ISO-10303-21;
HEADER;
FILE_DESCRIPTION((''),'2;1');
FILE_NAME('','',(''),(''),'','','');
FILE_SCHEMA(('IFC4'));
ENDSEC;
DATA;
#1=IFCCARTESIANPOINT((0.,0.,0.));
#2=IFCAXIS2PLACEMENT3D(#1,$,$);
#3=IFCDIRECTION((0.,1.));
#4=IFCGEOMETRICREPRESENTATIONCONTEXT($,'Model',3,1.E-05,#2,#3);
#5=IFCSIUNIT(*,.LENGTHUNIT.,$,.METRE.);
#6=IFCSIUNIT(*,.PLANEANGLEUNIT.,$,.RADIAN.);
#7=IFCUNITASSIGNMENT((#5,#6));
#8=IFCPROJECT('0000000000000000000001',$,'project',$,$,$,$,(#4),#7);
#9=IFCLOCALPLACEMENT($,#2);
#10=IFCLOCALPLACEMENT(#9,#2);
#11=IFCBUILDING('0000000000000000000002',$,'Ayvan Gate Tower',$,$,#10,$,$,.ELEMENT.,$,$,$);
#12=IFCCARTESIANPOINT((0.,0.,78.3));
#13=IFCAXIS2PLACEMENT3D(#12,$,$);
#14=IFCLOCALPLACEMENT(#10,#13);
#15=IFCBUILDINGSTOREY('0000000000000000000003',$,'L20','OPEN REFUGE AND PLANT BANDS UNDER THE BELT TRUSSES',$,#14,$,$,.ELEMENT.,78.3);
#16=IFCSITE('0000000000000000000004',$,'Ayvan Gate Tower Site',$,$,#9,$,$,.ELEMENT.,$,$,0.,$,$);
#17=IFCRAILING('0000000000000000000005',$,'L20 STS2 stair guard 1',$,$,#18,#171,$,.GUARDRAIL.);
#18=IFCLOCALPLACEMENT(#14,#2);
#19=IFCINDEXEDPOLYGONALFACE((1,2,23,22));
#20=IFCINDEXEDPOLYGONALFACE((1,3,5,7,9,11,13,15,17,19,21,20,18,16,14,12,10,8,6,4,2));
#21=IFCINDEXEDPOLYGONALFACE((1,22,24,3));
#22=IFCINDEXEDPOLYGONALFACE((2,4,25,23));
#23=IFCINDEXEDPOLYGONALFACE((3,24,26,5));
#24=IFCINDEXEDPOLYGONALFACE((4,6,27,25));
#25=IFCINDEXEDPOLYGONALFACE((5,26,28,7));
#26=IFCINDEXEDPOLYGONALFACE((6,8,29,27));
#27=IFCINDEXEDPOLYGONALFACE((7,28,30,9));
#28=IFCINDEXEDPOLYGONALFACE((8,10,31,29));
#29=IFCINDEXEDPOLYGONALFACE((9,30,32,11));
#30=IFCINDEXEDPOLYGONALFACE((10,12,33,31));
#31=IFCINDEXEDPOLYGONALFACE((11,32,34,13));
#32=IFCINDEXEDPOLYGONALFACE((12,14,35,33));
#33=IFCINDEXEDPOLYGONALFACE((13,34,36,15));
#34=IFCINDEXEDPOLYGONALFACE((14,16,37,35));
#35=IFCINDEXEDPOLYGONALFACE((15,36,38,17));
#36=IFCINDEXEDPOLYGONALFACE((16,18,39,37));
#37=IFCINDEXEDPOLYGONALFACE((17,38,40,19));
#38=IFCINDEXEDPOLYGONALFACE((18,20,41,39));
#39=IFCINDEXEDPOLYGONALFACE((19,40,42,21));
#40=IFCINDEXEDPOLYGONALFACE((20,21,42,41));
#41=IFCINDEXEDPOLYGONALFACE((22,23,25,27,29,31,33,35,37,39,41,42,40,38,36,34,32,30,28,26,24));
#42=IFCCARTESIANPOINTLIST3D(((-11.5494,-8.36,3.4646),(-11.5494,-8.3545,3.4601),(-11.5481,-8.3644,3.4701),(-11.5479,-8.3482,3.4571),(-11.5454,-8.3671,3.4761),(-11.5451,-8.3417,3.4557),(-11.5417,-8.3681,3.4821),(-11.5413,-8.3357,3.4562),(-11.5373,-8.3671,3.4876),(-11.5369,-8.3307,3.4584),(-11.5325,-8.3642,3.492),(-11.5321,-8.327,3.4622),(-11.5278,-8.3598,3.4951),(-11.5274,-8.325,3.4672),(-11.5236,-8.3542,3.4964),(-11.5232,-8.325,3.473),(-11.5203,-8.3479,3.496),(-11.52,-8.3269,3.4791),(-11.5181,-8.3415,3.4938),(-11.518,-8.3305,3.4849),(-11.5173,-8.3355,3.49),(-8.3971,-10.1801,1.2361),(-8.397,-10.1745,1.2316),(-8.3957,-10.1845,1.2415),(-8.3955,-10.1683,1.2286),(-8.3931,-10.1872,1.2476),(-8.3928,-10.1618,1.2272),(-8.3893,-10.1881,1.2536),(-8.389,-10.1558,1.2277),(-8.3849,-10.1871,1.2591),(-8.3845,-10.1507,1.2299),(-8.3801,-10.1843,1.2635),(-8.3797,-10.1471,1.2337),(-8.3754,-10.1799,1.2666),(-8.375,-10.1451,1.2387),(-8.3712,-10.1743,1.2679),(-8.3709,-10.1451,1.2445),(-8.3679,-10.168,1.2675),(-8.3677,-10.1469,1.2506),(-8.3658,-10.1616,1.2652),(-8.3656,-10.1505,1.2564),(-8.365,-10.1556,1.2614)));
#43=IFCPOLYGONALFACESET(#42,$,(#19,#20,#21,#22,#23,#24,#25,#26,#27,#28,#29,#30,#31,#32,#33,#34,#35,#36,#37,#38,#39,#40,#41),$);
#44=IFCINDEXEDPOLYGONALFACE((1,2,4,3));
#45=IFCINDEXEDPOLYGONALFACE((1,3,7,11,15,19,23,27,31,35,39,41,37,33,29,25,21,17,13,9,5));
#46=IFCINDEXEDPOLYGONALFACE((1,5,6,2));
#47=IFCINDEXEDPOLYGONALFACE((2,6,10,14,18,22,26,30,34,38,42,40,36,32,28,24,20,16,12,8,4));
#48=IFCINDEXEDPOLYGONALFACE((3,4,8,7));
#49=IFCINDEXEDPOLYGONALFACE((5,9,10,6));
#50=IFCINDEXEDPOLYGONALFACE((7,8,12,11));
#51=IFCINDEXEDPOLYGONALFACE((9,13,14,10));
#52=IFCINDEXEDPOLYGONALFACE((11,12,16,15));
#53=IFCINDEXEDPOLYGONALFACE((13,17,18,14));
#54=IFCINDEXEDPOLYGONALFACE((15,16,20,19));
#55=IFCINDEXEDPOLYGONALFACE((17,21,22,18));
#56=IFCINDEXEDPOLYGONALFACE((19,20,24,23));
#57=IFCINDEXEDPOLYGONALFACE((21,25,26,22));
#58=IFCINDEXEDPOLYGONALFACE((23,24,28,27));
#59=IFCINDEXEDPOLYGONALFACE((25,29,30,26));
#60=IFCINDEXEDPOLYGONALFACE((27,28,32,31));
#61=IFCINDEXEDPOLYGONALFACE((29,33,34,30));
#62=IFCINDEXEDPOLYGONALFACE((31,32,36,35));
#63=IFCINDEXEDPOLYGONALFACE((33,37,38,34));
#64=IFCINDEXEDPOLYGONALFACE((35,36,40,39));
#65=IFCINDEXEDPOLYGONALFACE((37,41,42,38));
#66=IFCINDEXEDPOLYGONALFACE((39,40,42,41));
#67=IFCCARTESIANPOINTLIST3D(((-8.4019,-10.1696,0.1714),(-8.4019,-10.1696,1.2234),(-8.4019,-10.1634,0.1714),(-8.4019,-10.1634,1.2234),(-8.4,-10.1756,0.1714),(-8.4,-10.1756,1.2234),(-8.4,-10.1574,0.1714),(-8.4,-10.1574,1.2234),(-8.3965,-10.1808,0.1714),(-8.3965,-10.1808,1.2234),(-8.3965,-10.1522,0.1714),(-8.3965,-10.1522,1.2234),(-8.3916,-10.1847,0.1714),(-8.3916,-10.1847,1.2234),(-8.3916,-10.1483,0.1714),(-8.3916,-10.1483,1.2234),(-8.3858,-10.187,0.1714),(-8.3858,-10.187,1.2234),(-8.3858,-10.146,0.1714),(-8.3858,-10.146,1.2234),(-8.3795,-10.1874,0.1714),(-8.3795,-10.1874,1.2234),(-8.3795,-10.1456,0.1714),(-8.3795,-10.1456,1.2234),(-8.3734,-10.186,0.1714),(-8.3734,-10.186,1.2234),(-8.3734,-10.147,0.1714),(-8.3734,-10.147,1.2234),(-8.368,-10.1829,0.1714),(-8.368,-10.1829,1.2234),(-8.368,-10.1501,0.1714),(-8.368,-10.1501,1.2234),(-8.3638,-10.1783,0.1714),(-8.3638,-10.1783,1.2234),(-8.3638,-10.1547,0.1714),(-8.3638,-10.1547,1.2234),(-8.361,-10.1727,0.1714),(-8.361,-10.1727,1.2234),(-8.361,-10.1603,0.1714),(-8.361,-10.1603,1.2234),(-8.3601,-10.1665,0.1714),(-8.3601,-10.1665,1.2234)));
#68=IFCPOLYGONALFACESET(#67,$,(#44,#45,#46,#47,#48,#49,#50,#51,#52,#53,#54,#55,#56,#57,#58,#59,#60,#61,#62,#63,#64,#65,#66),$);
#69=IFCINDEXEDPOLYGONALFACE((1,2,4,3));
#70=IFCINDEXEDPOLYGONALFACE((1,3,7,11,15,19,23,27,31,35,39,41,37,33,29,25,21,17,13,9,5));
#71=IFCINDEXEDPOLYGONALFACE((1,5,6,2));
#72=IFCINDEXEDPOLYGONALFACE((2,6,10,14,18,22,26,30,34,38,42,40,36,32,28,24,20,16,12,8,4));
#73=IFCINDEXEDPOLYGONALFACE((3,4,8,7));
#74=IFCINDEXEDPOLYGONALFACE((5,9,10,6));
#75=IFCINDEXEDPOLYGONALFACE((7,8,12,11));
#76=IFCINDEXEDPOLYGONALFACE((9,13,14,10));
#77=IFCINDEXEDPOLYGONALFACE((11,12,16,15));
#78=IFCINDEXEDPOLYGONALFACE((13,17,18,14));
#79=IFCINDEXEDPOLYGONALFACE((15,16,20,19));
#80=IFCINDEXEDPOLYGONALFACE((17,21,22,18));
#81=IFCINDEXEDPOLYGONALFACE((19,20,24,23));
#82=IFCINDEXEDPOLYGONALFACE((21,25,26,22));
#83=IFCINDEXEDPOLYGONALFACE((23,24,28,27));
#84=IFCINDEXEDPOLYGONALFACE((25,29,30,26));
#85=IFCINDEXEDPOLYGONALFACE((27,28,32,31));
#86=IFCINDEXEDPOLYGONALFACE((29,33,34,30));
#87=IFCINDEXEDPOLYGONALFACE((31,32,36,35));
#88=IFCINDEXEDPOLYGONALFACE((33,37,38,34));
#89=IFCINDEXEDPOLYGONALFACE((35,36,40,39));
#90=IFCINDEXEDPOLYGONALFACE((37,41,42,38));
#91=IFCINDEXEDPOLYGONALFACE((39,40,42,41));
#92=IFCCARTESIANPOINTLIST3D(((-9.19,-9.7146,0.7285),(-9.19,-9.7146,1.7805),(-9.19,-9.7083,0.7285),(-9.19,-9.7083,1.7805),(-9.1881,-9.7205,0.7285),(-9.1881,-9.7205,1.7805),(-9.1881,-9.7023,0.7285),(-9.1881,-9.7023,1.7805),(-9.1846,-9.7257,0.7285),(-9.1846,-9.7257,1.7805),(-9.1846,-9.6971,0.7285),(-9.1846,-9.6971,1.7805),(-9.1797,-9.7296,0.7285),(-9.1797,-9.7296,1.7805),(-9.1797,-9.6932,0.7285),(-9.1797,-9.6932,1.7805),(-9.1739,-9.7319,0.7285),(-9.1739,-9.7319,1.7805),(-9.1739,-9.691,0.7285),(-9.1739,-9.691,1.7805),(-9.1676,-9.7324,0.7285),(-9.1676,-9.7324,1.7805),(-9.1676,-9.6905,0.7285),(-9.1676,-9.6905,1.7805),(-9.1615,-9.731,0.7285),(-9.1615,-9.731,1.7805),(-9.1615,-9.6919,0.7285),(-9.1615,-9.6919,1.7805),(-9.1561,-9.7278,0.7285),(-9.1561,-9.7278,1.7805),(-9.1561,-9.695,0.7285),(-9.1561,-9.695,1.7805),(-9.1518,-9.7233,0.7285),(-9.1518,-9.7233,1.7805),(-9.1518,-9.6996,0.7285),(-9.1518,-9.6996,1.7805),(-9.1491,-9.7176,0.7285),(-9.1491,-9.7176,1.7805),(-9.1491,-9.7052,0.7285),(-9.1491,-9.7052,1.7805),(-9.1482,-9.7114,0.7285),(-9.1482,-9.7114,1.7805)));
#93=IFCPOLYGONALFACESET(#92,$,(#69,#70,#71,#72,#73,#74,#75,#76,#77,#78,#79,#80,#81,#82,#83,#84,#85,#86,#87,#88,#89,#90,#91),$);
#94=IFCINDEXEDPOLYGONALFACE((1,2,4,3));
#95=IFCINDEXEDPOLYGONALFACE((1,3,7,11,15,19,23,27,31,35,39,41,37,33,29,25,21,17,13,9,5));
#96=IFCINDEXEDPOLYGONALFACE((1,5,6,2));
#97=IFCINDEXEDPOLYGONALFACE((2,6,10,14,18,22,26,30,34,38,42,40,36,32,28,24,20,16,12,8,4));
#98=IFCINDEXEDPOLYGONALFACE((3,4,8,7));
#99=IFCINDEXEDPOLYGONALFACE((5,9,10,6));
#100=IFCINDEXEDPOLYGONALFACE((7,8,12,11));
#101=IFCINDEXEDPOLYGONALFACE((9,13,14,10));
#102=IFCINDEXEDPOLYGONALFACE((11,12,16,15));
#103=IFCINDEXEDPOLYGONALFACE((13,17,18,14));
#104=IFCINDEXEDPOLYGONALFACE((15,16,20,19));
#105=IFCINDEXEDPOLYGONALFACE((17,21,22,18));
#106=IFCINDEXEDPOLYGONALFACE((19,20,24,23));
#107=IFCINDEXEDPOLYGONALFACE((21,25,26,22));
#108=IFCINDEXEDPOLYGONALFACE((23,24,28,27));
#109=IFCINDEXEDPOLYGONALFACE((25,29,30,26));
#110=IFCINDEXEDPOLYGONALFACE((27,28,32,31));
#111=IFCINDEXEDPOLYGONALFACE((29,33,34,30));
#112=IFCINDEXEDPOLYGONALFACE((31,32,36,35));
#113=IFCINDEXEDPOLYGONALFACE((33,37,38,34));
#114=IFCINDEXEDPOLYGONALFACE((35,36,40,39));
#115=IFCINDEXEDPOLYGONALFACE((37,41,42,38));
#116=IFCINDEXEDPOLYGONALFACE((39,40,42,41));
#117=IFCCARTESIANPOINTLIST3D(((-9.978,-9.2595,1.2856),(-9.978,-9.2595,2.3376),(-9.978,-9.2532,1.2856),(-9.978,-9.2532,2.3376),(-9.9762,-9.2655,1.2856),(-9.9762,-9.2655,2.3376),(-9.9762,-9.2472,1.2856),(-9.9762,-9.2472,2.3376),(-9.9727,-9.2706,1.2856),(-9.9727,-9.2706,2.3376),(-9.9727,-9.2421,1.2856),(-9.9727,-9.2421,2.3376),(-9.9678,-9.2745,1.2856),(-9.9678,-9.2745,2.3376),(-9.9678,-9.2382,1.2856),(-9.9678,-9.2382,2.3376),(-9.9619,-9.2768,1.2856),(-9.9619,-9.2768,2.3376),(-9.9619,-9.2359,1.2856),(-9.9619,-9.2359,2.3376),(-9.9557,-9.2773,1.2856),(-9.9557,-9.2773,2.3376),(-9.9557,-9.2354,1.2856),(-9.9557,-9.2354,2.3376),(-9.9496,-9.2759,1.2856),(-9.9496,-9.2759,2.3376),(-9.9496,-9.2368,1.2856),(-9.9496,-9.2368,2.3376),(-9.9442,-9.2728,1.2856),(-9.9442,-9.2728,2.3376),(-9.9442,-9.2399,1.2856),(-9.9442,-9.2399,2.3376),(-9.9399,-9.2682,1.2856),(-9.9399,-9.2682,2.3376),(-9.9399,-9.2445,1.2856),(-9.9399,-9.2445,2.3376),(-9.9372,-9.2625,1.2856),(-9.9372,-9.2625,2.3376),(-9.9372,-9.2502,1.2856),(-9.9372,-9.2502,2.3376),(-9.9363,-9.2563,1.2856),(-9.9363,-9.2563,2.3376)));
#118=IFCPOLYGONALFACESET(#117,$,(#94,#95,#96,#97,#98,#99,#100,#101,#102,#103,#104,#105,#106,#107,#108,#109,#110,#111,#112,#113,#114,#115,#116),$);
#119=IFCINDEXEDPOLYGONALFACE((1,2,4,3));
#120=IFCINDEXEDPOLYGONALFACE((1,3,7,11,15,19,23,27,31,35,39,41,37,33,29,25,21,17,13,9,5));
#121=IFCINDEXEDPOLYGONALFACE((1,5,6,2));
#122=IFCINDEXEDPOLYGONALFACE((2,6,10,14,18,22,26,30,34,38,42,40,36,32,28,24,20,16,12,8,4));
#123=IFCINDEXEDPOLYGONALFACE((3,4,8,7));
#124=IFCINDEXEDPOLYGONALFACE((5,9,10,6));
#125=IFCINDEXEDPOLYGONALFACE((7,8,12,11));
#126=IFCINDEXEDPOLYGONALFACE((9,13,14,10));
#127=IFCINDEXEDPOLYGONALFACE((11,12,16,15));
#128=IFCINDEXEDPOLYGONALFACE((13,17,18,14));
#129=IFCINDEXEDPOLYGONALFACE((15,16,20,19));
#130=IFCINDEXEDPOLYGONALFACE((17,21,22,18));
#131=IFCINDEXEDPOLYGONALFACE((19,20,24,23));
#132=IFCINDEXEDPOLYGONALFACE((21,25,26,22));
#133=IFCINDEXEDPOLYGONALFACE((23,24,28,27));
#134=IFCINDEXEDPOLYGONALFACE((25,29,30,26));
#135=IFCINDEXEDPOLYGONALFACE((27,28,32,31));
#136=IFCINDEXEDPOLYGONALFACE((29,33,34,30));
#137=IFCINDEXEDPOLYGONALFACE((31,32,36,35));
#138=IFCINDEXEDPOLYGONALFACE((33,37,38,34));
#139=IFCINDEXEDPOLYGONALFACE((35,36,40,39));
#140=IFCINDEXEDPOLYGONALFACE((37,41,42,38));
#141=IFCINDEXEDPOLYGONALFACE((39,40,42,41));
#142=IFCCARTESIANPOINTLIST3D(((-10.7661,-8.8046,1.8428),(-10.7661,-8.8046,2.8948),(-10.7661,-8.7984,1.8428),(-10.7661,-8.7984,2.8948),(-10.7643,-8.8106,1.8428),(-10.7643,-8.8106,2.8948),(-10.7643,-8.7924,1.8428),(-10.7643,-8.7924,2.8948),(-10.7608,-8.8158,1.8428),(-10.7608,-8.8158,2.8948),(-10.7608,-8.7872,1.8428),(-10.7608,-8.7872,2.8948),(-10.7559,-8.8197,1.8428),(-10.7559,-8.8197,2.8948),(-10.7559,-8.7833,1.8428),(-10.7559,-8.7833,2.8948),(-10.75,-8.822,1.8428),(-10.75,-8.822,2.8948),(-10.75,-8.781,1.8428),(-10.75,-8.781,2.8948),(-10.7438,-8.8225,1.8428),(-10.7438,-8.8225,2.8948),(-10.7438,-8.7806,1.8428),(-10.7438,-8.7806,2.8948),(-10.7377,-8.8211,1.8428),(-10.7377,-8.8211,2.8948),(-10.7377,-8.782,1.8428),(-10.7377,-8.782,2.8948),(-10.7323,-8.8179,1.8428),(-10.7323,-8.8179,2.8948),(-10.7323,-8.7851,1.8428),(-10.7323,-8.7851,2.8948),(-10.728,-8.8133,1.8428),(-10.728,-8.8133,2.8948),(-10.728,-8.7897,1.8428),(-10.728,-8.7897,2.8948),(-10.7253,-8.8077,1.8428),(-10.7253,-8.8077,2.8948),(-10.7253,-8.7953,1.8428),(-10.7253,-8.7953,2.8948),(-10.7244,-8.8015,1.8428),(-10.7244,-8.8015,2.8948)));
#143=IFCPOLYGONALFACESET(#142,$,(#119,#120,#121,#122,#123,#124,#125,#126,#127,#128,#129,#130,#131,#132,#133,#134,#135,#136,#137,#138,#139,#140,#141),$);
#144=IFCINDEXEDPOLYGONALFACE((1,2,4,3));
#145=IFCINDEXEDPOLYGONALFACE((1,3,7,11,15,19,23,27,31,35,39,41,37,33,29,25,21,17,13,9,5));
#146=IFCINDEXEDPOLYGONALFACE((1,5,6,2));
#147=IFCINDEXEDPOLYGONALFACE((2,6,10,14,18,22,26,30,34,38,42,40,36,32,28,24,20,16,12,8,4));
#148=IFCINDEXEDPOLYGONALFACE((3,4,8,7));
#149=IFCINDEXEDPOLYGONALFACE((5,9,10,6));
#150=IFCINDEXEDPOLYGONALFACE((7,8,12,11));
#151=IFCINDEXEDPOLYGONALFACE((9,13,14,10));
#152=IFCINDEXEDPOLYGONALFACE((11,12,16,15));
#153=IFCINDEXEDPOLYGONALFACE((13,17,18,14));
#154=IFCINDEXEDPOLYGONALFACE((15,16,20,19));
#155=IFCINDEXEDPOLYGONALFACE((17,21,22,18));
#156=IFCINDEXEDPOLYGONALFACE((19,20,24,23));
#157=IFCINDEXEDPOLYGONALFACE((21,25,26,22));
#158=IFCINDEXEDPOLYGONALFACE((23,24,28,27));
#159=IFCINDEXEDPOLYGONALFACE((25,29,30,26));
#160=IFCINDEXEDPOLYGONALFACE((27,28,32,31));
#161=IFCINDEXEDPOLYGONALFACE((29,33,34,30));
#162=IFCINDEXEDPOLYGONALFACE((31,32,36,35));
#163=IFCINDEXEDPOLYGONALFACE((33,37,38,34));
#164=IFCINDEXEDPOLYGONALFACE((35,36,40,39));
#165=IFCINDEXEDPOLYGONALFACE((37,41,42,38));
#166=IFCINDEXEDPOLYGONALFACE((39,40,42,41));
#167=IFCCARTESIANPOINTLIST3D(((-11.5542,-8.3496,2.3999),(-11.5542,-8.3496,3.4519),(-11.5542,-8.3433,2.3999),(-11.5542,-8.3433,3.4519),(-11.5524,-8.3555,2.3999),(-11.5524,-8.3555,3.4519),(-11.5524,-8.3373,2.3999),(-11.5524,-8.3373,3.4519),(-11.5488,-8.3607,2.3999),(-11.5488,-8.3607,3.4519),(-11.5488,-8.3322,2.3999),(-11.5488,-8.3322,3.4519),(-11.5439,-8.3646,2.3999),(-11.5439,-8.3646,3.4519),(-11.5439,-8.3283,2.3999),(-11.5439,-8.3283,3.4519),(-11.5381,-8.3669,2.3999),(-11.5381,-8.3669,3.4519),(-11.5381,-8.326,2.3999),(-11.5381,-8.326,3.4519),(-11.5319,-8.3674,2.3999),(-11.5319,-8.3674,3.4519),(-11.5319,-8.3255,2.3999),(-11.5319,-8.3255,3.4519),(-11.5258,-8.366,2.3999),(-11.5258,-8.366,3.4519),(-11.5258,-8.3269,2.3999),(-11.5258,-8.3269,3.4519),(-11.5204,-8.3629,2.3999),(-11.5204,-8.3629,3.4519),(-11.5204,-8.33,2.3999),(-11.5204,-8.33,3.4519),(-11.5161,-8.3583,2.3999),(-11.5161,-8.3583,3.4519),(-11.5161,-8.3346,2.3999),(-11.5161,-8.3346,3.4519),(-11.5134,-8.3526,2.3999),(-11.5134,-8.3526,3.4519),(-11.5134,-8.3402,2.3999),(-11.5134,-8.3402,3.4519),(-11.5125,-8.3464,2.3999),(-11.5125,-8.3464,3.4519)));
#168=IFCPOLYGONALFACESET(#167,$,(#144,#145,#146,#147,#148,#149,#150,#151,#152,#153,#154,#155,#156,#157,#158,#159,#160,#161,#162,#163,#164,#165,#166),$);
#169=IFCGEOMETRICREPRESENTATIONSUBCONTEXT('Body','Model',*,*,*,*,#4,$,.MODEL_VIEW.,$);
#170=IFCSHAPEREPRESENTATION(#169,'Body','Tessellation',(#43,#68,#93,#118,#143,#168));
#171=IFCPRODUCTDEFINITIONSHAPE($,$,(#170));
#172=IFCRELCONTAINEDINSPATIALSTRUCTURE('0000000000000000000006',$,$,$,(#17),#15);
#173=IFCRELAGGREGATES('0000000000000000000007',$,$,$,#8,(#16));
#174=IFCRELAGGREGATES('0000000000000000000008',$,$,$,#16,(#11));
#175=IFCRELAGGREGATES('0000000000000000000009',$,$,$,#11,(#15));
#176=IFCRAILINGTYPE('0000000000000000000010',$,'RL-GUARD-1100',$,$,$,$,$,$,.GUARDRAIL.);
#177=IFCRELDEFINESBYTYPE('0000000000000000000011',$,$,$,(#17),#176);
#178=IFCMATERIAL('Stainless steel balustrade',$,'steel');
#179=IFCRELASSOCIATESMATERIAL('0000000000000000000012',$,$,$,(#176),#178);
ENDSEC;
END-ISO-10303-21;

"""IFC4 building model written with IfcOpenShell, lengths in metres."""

from ifc_helpers import new_model, si_unit, direction, frame, origin, origin_2d, place, context, subcontext, project, spatial, circle, extrude, material, type_object, element, save


model = new_model("IFC4")

# Units and contexts
model_context = context("Model", 3, precision=1e-05, world=origin(), true_north=direction((0.0, 1.0)))
body_context = subcontext(model_context, "Body", "Model", "MODEL_VIEW")
ifc_project = project(units=[si_unit("LENGTHUNIT", "METRE"), si_unit("PLANEANGLEUNIT", "RADIAN")], contexts=[model_context])

# Site, building, storey
site_placement = place(None, origin())
site = spatial("IfcSite", under=ifc_project, at=site_placement, Name="Ayvan Gate Tower Site", CompositionType="ELEMENT", RefElevation=0.0)
building_placement = place(site_placement, origin())
building = spatial("IfcBuilding", under=site, at=building_placement, Name="Ayvan Gate Tower", CompositionType="ELEMENT")
storey_placement = place(building_placement, frame((0.0, 0.0, 78.3)))
storey = spatial("IfcBuildingStorey", under=building, at=storey_placement, Name="L20", Description="OPEN REFUGE AND PLANT BANDS UNDER THE BELT TRUSSES", CompositionType="ELEMENT", Elevation=78.3)

# Railing
ifc_material_1 = material(Name="Stainless steel balustrade", Category="steel")
railing_type_1 = type_object("IfcRailingType", Name="RL-GUARD-1100", PredefinedType="GUARDRAIL", material=ifc_material_1)
railing_1_placement = place(storey_placement, frame((-8.3811, -10.1665, 0.1714)))
element("IfcRailing", 1, at=railing_1_placement, inside=storey, type_object=railing_type_1, Name="L20 STS2 stair guard 1", PredefinedType="GUARDRAIL", context=body_context, shape_type="SweptSolid", body=[
    extrude(circle(Radius=0.0239, at=origin_2d()), frame((0.0, 0.0, 1.0762), z_axis=(-0.738592, 0.426441, 0.52214), x_axis=(-0.500013, -0.866018, 0.0)), (0.0, 0.0, 1.0), 4.2681),
    extrude(circle(Radius=0.021, at=origin_2d()), origin(), (0.0, 0.0, 1.0), 1.052),
    extrude(circle(Radius=0.021, at=origin_2d()), frame((-0.7881, 0.4551, 0.5571)), (0.0, 0.0, 1.0), 1.052),
    extrude(circle(Radius=0.021, at=origin_2d()), frame((-1.5762, 0.9102, 1.1143)), (0.0, 0.0, 1.0), 1.052),
    extrude(circle(Radius=0.021, at=origin_2d()), frame((-2.3643, 1.365, 1.6714)), (0.0, 0.0, 1.0), 1.052),
    extrude(circle(Radius=0.021, at=origin_2d()), frame((-3.1523, 1.8201, 2.2285)), (0.0, 0.0, 1.0), 1.052),
])

save(model, "model.ifc")
